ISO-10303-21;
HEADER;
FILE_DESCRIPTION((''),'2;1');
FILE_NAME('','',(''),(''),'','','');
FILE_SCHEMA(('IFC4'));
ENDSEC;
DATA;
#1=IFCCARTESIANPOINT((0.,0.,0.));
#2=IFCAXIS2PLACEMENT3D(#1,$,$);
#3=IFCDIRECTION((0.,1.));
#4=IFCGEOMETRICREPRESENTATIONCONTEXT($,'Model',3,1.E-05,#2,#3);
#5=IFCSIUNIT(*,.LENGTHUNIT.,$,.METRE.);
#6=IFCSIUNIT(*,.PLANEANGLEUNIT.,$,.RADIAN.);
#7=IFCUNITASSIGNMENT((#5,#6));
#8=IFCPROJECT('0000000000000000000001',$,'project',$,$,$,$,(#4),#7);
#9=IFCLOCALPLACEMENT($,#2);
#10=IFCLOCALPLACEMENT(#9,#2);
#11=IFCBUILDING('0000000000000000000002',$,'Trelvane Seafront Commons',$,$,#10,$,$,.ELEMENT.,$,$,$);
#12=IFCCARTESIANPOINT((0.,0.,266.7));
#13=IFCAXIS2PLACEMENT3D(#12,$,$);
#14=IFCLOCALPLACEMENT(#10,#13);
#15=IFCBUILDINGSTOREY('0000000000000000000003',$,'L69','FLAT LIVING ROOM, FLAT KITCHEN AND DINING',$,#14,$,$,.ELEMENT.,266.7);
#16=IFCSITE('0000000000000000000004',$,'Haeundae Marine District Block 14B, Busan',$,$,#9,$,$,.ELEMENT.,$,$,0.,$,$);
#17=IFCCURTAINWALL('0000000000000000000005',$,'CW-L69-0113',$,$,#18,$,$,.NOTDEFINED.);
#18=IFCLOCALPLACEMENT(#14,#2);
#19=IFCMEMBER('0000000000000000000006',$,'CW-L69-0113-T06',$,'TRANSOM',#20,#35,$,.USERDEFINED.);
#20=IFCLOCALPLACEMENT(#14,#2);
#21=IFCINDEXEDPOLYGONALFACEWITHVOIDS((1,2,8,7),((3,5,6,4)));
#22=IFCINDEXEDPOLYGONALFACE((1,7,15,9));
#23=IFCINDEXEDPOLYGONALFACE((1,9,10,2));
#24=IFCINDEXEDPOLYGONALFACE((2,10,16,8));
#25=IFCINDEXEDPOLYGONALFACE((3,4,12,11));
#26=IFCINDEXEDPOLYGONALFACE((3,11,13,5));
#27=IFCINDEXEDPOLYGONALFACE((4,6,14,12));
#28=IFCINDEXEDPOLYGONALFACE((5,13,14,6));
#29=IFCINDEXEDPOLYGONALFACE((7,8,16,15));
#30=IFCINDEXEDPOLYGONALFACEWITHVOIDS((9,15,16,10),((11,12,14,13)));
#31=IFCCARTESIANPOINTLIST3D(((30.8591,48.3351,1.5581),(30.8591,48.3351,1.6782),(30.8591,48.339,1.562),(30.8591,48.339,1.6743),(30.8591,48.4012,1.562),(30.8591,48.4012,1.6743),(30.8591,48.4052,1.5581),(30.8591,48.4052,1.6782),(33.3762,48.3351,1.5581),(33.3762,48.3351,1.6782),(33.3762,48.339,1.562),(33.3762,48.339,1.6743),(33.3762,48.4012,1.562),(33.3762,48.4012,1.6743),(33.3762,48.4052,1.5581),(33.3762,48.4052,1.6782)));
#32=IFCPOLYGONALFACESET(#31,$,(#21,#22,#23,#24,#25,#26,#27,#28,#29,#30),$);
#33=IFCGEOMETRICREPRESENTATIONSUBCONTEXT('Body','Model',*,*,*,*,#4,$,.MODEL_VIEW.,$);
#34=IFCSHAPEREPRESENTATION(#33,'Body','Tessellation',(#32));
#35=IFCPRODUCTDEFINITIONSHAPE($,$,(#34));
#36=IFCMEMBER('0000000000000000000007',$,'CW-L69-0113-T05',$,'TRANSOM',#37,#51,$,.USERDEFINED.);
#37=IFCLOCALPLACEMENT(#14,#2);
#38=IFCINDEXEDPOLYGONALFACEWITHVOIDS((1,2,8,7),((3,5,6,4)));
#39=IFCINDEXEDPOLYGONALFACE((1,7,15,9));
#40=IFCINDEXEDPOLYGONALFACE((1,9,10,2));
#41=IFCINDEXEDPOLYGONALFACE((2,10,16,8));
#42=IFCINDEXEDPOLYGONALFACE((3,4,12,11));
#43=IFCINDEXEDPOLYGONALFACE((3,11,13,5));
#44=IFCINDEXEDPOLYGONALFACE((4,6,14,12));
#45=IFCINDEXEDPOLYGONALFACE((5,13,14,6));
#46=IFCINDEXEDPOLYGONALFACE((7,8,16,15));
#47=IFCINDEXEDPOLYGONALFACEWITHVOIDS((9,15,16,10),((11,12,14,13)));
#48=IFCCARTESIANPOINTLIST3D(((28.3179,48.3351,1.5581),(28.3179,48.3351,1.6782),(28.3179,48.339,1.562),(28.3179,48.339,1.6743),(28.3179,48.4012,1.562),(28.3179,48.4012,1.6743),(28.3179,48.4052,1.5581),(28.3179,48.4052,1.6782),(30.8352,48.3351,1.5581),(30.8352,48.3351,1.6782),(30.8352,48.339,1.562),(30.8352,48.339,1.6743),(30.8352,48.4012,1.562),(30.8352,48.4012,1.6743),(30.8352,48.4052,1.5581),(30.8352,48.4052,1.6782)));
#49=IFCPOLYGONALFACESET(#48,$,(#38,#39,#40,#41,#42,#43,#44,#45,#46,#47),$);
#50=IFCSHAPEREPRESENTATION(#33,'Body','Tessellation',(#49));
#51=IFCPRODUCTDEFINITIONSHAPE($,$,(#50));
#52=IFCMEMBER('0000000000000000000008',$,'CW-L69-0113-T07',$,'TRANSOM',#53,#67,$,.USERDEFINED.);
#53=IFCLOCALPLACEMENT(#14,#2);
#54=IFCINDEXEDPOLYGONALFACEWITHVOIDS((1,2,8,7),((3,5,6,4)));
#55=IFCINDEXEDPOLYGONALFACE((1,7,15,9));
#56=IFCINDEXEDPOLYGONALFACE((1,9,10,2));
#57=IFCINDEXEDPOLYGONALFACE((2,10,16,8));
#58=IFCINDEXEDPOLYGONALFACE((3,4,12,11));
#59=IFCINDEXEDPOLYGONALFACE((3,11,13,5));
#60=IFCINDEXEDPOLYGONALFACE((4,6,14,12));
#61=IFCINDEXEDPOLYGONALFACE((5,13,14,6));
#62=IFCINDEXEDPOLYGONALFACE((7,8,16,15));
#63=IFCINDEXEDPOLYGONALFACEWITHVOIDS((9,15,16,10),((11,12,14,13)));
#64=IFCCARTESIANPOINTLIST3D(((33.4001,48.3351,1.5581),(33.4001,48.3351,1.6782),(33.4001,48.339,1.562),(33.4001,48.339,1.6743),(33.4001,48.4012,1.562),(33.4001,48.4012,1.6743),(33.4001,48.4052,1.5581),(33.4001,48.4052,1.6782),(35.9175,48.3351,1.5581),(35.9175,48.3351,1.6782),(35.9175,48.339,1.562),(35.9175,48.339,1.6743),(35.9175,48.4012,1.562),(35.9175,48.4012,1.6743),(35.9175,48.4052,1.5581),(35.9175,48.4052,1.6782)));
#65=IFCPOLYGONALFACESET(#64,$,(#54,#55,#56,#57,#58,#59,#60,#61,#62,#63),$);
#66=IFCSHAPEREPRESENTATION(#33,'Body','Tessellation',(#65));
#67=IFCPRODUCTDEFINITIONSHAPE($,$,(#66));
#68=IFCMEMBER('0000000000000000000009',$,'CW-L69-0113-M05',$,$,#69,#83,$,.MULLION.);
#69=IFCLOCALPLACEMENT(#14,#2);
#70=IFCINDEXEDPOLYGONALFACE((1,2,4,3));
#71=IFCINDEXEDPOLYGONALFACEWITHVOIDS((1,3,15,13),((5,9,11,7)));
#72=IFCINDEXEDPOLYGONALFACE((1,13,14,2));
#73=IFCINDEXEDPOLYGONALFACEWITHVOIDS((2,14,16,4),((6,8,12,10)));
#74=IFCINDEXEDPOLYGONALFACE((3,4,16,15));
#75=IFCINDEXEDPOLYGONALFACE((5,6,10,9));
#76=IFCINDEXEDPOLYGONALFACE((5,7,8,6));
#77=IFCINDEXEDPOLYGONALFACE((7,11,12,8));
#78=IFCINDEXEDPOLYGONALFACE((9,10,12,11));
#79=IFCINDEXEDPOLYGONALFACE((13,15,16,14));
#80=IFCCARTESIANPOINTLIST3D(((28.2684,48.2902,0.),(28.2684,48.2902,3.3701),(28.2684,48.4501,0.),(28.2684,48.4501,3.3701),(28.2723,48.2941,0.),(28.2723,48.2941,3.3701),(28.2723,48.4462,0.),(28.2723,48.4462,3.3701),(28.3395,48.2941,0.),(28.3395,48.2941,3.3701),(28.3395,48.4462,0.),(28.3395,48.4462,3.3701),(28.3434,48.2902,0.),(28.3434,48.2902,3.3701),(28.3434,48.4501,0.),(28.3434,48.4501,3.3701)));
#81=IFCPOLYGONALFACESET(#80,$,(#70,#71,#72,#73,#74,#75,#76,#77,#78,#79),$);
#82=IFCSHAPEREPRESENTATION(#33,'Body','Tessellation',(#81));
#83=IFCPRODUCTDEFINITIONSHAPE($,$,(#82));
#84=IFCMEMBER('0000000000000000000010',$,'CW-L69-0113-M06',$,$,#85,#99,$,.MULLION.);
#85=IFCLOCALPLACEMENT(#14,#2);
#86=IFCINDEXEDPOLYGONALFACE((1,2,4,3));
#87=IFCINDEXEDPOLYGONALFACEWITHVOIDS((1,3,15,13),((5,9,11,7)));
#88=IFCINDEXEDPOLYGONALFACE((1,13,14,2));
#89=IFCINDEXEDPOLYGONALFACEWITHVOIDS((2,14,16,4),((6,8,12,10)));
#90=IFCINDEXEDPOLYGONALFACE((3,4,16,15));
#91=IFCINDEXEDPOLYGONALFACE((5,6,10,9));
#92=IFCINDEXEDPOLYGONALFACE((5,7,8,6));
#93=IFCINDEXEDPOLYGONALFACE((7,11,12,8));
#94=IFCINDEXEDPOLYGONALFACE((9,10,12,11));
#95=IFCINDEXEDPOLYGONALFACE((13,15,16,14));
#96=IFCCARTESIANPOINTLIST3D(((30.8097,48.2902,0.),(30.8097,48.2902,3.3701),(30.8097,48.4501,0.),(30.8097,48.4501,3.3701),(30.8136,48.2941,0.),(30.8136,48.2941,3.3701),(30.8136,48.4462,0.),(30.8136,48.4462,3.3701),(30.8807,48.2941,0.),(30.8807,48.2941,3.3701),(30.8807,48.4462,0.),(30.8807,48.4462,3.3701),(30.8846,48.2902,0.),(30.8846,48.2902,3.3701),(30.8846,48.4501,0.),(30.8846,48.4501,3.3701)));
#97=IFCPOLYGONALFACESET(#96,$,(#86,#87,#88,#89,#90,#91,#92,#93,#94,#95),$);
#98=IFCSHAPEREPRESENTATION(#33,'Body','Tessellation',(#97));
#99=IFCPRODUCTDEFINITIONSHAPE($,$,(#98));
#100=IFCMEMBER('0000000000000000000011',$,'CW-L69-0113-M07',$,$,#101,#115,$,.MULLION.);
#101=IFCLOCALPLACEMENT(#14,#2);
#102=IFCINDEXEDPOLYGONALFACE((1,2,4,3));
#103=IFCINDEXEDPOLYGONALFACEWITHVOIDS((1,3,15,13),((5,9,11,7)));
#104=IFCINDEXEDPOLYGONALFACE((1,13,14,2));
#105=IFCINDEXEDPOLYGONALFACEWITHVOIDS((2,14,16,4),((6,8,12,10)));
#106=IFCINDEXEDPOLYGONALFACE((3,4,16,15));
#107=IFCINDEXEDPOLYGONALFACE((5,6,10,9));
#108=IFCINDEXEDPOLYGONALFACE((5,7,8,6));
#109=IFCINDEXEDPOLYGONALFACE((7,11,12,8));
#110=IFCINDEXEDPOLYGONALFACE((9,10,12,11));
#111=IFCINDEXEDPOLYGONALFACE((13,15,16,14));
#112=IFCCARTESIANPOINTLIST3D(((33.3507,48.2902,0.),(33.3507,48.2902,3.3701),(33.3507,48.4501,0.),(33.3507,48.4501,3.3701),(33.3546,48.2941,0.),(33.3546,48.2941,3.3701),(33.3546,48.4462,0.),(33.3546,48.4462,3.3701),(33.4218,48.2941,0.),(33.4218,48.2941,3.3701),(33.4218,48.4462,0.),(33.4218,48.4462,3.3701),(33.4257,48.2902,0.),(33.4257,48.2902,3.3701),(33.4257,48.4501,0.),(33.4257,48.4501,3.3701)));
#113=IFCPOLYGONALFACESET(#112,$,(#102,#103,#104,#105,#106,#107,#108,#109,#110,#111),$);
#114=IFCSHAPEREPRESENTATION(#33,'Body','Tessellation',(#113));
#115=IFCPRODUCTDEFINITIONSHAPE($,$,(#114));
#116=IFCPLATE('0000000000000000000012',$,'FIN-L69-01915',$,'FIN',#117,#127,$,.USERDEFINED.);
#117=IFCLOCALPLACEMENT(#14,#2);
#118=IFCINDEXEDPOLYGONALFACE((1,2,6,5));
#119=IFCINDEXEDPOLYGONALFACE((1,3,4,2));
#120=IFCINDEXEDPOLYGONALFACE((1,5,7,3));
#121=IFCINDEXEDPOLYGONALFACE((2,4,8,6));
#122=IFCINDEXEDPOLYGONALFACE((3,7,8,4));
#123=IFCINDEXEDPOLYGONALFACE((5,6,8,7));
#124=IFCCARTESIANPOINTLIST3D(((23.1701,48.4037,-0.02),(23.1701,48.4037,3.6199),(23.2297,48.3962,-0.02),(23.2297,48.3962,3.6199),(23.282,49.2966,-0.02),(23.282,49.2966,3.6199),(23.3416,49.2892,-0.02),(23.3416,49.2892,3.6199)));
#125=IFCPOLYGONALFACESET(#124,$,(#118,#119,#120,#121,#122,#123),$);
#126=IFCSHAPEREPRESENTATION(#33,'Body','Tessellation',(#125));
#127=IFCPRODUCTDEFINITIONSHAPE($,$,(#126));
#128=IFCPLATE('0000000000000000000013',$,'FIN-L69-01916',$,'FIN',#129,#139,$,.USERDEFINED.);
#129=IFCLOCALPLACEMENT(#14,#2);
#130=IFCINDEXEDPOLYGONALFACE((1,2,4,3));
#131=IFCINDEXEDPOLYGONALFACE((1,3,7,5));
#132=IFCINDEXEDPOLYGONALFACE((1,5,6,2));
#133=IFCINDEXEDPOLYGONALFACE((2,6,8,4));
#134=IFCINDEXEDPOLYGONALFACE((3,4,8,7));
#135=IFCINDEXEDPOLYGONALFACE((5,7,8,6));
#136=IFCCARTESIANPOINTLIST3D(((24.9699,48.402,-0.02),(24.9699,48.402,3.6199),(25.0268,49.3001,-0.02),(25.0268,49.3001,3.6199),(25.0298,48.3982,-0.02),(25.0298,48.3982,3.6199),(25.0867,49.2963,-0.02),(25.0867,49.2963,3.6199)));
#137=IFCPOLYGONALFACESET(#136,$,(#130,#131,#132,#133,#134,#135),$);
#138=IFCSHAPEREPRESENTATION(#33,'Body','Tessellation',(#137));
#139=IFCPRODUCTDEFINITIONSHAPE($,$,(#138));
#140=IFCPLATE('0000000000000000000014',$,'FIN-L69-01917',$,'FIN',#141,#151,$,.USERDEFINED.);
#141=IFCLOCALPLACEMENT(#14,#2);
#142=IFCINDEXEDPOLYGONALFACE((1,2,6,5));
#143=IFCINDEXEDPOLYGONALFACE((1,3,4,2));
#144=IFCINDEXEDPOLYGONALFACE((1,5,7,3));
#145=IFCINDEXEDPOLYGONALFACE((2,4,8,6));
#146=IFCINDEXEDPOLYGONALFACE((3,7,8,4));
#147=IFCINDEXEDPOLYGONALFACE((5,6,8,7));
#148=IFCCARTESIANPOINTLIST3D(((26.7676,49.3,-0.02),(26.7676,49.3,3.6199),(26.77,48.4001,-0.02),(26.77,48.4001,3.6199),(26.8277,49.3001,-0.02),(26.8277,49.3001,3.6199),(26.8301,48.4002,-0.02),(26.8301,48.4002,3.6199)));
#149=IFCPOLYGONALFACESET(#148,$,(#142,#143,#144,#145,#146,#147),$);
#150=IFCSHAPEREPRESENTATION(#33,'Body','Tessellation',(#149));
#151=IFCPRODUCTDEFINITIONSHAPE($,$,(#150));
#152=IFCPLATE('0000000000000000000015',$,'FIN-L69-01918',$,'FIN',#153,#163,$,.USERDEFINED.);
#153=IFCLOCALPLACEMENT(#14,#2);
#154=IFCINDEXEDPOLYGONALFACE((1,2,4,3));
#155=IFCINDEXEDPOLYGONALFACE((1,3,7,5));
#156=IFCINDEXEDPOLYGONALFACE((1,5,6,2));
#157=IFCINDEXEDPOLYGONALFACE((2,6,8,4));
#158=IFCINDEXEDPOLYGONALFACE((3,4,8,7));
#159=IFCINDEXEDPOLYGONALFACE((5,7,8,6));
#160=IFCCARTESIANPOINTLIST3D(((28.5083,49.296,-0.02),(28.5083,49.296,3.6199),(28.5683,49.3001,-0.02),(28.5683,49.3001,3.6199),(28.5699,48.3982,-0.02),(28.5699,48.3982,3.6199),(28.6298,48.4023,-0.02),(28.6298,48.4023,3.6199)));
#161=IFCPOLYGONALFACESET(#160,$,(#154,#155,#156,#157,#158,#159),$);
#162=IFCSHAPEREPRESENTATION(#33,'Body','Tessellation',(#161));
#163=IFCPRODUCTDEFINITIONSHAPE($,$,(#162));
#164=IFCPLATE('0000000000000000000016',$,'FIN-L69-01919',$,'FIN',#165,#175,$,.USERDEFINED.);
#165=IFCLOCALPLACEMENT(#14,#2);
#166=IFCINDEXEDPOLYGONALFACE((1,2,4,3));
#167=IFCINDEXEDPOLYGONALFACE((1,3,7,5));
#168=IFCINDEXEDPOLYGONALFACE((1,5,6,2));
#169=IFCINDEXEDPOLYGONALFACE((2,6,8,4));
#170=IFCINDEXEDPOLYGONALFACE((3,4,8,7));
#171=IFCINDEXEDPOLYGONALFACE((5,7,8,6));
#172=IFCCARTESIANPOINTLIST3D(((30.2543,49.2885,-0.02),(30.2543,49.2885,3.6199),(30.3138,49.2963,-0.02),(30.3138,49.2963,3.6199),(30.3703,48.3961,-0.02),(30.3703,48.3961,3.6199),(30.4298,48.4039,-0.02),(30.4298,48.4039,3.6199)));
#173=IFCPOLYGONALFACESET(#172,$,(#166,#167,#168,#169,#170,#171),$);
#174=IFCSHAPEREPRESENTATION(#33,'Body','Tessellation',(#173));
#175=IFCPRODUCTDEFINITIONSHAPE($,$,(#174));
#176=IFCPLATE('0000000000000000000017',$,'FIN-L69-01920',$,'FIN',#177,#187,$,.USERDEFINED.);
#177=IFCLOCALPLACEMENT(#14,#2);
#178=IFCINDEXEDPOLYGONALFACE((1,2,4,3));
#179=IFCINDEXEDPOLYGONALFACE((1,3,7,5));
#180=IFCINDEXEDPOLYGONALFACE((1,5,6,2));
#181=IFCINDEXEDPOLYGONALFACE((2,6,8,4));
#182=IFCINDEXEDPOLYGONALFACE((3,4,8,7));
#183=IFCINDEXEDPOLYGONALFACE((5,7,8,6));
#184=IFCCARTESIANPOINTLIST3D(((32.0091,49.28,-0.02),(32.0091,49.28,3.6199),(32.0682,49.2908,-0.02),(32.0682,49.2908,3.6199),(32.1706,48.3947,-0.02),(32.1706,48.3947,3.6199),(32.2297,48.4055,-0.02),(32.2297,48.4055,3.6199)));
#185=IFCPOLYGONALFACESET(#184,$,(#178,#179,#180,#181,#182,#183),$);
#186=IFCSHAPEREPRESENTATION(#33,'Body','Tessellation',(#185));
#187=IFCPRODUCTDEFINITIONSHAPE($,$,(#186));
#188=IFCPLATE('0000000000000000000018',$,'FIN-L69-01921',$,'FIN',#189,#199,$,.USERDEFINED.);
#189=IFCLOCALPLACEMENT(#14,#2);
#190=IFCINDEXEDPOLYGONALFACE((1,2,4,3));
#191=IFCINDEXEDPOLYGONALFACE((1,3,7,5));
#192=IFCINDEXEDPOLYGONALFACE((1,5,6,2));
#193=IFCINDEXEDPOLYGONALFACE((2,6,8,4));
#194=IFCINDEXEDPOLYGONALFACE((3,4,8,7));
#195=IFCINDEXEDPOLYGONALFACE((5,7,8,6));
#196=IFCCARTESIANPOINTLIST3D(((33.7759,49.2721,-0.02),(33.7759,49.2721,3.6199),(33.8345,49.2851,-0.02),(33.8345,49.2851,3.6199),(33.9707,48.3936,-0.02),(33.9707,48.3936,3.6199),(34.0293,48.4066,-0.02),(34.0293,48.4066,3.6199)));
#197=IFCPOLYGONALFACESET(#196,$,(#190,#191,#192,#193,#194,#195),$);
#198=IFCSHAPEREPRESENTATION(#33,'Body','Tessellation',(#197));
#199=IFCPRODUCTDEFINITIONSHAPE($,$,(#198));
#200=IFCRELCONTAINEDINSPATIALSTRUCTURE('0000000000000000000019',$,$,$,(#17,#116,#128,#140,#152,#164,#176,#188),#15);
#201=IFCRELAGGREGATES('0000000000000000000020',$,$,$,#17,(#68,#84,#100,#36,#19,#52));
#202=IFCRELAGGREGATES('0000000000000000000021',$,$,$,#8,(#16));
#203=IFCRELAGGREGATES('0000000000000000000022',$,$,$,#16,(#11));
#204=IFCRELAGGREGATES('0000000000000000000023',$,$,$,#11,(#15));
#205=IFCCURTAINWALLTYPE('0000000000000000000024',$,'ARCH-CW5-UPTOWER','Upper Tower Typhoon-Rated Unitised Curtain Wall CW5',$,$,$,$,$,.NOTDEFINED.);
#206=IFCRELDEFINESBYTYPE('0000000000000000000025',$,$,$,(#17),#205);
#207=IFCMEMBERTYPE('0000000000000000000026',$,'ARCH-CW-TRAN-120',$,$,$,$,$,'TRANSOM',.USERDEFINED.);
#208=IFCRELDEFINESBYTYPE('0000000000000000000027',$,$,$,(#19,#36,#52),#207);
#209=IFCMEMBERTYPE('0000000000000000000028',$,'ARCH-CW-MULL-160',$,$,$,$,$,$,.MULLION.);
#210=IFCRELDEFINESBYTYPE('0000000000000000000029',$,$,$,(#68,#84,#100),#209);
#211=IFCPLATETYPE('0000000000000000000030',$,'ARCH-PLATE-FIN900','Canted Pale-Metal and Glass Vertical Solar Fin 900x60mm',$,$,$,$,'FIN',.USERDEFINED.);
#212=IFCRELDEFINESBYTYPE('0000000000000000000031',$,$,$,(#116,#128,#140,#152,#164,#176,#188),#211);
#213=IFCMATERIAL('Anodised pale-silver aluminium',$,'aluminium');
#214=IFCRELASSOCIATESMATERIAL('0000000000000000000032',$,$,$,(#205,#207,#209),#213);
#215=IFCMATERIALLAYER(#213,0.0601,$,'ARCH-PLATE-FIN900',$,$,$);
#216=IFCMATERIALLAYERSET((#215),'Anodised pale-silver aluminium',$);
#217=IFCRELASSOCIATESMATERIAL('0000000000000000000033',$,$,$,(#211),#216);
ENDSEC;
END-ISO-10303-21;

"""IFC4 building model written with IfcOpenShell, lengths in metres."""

from ifc_helpers import new_model, si_unit, direction, frame, origin, origin_2d, place, context, subcontext, project, spatial, rectangle, hollow_rectangle, extrude, source, transform, mapped, material, layer, layer_set, material_profile, profile_set, type_object, element, aggregate, save


model = new_model("IFC4")

# Units and contexts
model_context = context("Model", 3, precision=1e-05, world=origin(), true_north=direction((0.0, 1.0)))
body_context = subcontext(model_context, "Body", "Model", "MODEL_VIEW")
ifc_project = project(units=[si_unit("LENGTHUNIT", "METRE"), si_unit("PLANEANGLEUNIT", "RADIAN")], contexts=[model_context])

# Site, building, storey
site_placement = place(None, origin())
site = spatial("IfcSite", under=ifc_project, at=site_placement, Name="Haeundae Marine District Block 14B, Busan", CompositionType="ELEMENT", RefElevation=0.0)
building_placement = place(site_placement, origin())
building = spatial("IfcBuilding", under=site, at=building_placement, Name="Trelvane Seafront Commons", CompositionType="ELEMENT")
storey_placement = place(building_placement, frame((0.0, 0.0, 266.7)))
storey = spatial("IfcBuildingStorey", under=building, at=storey_placement, Name="L69", Description="FLAT LIVING ROOM, FLAT KITCHEN AND DINING", CompositionType="ELEMENT", Elevation=266.7)

# Curtain wall, members
ifc_material_1 = material(Name="Anodised pale-silver aluminium", Category="aluminium")
curtain_wall_type = type_object("IfcCurtainWallType", Name="ARCH-CW5-UPTOWER", Description="Upper Tower Typhoon-Rated Unitised Curtain Wall CW5", PredefinedType="NOTDEFINED", material=ifc_material_1)
curtain_wall_placement = place(storey_placement, origin())
curtain_wall = element("IfcCurtainWall", 1, at=curtain_wall_placement, inside=storey, type_object=curtain_wall_type, Name="CW-L69-0113", PredefinedType="NOTDEFINED")
ifc_material_profile_1 = material_profile(ifc_material_1, hollow_rectangle(XDim=0.0701, YDim=0.1201, WallThickness=0.0039, at=origin_2d()), Name="TRAN-70x120x4")
ifc_profile_set_1 = profile_set([ifc_material_profile_1], Name="Anodised pale-silver aluminium")
member_type_1 = type_object("IfcMemberType", Name="ARCH-CW-TRAN-120", ElementType="TRANSOM", PredefinedType="USERDEFINED", material=ifc_profile_set_1)
shared_shape_1 = source(origin(), body_context, "Body", "SweptSolid", [
    extrude(hollow_rectangle(XDim=0.0701, YDim=0.1201, WallThickness=0.0039, at=origin_2d()), origin(), (0.0, 0.0, 1.0), 2.5171),
])
member_1_placement = place(storey_placement, frame((30.8591, 48.3701, 1.6182), z_axis=(1.0, 0.0, 0.0), x_axis=(0.0, 1.0, 0.0)))
member_1 = element("IfcMember", 2, at=member_1_placement, type_object=member_type_1, Name="CW-L69-0113-T06", ObjectType="TRANSOM", PredefinedType="USERDEFINED", context=body_context, shape_type="MappedRepresentation", body=[
    mapped(shared_shape_1, transform((0.0, 0.0, 0.0), x_axis=(1.0, 0.0, 0.0), y_axis=(0.0, 1.0, 0.0), z_axis=(0.0, 0.0, 1.0), scale=1.0)),
])
shared_shape_2 = source(origin(), body_context, "Body", "SweptSolid", [
    extrude(hollow_rectangle(XDim=0.0701, YDim=0.1201, WallThickness=0.0039, at=origin_2d()), origin(), (0.0, 0.0, 1.0), 2.5173),
])
member_2_placement = place(storey_placement, frame((28.3179, 48.3701, 1.6182), z_axis=(1.0, 0.0, 0.0), x_axis=(0.0, 1.0, 0.0)))
member_2 = element("IfcMember", 3, at=member_2_placement, type_object=member_type_1, Name="CW-L69-0113-T05", ObjectType="TRANSOM", PredefinedType="USERDEFINED", context=body_context, shape_type="MappedRepresentation", body=[
    mapped(shared_shape_2, transform((0.0, 0.0, 0.0), x_axis=(1.0, 0.0, 0.0), y_axis=(0.0, 1.0, 0.0), z_axis=(0.0, 0.0, 1.0), scale=1.0)),
])
member_3_placement = place(storey_placement, frame((33.4001, 48.3701, 1.6182), z_axis=(1.0, 0.0, 0.0), x_axis=(0.0, 1.0, 0.0)))
member_3 = element("IfcMember", 4, at=member_3_placement, type_object=member_type_1, Name="CW-L69-0113-T07", ObjectType="TRANSOM", PredefinedType="USERDEFINED", context=body_context, shape_type="MappedRepresentation", body=[
    mapped(shared_shape_2, transform((0.0, 0.0, 0.0), x_axis=(1.0, 0.0, 0.0), y_axis=(0.0, 1.0, 0.0), z_axis=(0.0, 0.0, 1.0), scale=1.0)),
])
ifc_material_profile_2 = material_profile(ifc_material_1, hollow_rectangle(XDim=0.075, YDim=0.1599, WallThickness=0.0039, at=origin_2d()), Name="MULL-75x160x4")
ifc_profile_set_2 = profile_set([ifc_material_profile_2], Name="Anodised pale-silver aluminium")
member_type_2 = type_object("IfcMemberType", Name="ARCH-CW-MULL-160", PredefinedType="MULLION", material=ifc_profile_set_2)
shared_shape_3 = source(origin(), body_context, "Body", "SweptSolid", [
    extrude(hollow_rectangle(XDim=0.075, YDim=0.1599, WallThickness=0.0039, at=origin_2d()), origin(), (0.0, 0.0, 1.0), 3.3701),
])
member_4_placement = place(storey_placement, frame((28.3059, 48.3701, 0.0), z_axis=(0.0, 0.0, 1.0), x_axis=(1.0, 0.0, 0.0)))
member_4 = element("IfcMember", 5, at=member_4_placement, type_object=member_type_2, Name="CW-L69-0113-M05", PredefinedType="MULLION", context=body_context, shape_type="MappedRepresentation", body=[
    mapped(shared_shape_3, transform((0.0, 0.0, 0.0), x_axis=(1.0, 0.0, 0.0), y_axis=(0.0, 1.0, 0.0), z_axis=(0.0, 0.0, 1.0), scale=1.0)),
])
member_5_placement = place(storey_placement, frame((30.8472, 48.3701, 0.0), z_axis=(0.0, 0.0, 1.0), x_axis=(1.0, 0.0, 0.0)))
member_5 = element("IfcMember", 6, at=member_5_placement, type_object=member_type_2, Name="CW-L69-0113-M06", PredefinedType="MULLION", context=body_context, shape_type="MappedRepresentation", body=[
    mapped(shared_shape_3, transform((0.0, 0.0, 0.0), x_axis=(1.0, 0.0, 0.0), y_axis=(0.0, 1.0, 0.0), z_axis=(0.0, 0.0, 1.0), scale=1.0)),
])
member_6_placement = place(storey_placement, frame((33.3882, 48.3701, 0.0), z_axis=(0.0, 0.0, 1.0), x_axis=(1.0, 0.0, 0.0)))
member_6 = element("IfcMember", 7, at=member_6_placement, type_object=member_type_2, Name="CW-L69-0113-M07", PredefinedType="MULLION", context=body_context, shape_type="MappedRepresentation", body=[
    mapped(shared_shape_3, transform((0.0, 0.0, 0.0), x_axis=(1.0, 0.0, 0.0), y_axis=(0.0, 1.0, 0.0), z_axis=(0.0, 0.0, 1.0), scale=1.0)),
])

# Plates
ifc_layer_1 = layer(ifc_material_1, 0.0601, Name="ARCH-PLATE-FIN900")
ifc_layer_set_1 = layer_set([ifc_layer_1], Name="Anodised pale-silver aluminium")
plate_type_1 = type_object("IfcPlateType", Name="ARCH-PLATE-FIN900", Description="Canted Pale-Metal and Glass Vertical Solar Fin 900x60mm", ElementType="FIN", PredefinedType="USERDEFINED", material=ifc_layer_set_1)
shared_shape_4 = source(origin(), body_context, "Body", "SweptSolid", [
    extrude(rectangle(XDim=0.8999, YDim=0.0601, at=origin_2d()), origin(), (0.0, 0.0, 1.0), 3.6399),
])
for number, where, z_axis, x_axis, name in (
    (8, (23.2559, 48.8464, -0.02), (0.0, 0.0, 1.0), (0.124336, 0.99224, 0.0), "FIN-L69-01915"),
    (9, (25.0283, 48.8491, -0.02), (0.0, 0.0, 1.0), (0.063223, 0.997999, 0.0), "FIN-L69-01916"),
    (10, (26.7988, 48.8501, -0.02), (0.0, 0.0, 1.0), (-0.002667, 0.999996, 0.0), "FIN-L69-01917"),
    (11, (28.5691, 48.8491, -0.02), (0.0, 0.0, 1.0), (-0.068444, 0.997655, 0.0), "FIN-L69-01918"),
    (12, (30.342, 48.8462, -0.02), (0.0, 0.0, 1.0), (-0.128887, 0.991659, 0.0), "FIN-L69-01919"),
    (13, (32.1194, 48.8428, -0.02), (0.0, 0.0, 1.0), (-0.179443, 0.983768, 0.0), "FIN-L69-01920"),
    (14, (33.9026, 48.8394, -0.02), (0.0, 0.0, 1.0), (-0.216436, 0.976297, 0.0), "FIN-L69-01921"),
):
    element("IfcPlate", number, at=place(storey_placement, frame(where, z_axis=z_axis, x_axis=x_axis)), inside=storey, type_object=plate_type_1, Name=name, ObjectType="FIN", PredefinedType="USERDEFINED", context=body_context, shape_type="MappedRepresentation", body=[
        mapped(shared_shape_4, transform((0.0, 0.0, 0.0), x_axis=(1.0, 0.0, 0.0), y_axis=(0.0, 1.0, 0.0), z_axis=(0.0, 0.0, 1.0), scale=1.0)),
    ])

aggregate(curtain_wall, [member_4, member_5, member_6, member_2, member_1, member_3])

save(model, "model.ifc")
